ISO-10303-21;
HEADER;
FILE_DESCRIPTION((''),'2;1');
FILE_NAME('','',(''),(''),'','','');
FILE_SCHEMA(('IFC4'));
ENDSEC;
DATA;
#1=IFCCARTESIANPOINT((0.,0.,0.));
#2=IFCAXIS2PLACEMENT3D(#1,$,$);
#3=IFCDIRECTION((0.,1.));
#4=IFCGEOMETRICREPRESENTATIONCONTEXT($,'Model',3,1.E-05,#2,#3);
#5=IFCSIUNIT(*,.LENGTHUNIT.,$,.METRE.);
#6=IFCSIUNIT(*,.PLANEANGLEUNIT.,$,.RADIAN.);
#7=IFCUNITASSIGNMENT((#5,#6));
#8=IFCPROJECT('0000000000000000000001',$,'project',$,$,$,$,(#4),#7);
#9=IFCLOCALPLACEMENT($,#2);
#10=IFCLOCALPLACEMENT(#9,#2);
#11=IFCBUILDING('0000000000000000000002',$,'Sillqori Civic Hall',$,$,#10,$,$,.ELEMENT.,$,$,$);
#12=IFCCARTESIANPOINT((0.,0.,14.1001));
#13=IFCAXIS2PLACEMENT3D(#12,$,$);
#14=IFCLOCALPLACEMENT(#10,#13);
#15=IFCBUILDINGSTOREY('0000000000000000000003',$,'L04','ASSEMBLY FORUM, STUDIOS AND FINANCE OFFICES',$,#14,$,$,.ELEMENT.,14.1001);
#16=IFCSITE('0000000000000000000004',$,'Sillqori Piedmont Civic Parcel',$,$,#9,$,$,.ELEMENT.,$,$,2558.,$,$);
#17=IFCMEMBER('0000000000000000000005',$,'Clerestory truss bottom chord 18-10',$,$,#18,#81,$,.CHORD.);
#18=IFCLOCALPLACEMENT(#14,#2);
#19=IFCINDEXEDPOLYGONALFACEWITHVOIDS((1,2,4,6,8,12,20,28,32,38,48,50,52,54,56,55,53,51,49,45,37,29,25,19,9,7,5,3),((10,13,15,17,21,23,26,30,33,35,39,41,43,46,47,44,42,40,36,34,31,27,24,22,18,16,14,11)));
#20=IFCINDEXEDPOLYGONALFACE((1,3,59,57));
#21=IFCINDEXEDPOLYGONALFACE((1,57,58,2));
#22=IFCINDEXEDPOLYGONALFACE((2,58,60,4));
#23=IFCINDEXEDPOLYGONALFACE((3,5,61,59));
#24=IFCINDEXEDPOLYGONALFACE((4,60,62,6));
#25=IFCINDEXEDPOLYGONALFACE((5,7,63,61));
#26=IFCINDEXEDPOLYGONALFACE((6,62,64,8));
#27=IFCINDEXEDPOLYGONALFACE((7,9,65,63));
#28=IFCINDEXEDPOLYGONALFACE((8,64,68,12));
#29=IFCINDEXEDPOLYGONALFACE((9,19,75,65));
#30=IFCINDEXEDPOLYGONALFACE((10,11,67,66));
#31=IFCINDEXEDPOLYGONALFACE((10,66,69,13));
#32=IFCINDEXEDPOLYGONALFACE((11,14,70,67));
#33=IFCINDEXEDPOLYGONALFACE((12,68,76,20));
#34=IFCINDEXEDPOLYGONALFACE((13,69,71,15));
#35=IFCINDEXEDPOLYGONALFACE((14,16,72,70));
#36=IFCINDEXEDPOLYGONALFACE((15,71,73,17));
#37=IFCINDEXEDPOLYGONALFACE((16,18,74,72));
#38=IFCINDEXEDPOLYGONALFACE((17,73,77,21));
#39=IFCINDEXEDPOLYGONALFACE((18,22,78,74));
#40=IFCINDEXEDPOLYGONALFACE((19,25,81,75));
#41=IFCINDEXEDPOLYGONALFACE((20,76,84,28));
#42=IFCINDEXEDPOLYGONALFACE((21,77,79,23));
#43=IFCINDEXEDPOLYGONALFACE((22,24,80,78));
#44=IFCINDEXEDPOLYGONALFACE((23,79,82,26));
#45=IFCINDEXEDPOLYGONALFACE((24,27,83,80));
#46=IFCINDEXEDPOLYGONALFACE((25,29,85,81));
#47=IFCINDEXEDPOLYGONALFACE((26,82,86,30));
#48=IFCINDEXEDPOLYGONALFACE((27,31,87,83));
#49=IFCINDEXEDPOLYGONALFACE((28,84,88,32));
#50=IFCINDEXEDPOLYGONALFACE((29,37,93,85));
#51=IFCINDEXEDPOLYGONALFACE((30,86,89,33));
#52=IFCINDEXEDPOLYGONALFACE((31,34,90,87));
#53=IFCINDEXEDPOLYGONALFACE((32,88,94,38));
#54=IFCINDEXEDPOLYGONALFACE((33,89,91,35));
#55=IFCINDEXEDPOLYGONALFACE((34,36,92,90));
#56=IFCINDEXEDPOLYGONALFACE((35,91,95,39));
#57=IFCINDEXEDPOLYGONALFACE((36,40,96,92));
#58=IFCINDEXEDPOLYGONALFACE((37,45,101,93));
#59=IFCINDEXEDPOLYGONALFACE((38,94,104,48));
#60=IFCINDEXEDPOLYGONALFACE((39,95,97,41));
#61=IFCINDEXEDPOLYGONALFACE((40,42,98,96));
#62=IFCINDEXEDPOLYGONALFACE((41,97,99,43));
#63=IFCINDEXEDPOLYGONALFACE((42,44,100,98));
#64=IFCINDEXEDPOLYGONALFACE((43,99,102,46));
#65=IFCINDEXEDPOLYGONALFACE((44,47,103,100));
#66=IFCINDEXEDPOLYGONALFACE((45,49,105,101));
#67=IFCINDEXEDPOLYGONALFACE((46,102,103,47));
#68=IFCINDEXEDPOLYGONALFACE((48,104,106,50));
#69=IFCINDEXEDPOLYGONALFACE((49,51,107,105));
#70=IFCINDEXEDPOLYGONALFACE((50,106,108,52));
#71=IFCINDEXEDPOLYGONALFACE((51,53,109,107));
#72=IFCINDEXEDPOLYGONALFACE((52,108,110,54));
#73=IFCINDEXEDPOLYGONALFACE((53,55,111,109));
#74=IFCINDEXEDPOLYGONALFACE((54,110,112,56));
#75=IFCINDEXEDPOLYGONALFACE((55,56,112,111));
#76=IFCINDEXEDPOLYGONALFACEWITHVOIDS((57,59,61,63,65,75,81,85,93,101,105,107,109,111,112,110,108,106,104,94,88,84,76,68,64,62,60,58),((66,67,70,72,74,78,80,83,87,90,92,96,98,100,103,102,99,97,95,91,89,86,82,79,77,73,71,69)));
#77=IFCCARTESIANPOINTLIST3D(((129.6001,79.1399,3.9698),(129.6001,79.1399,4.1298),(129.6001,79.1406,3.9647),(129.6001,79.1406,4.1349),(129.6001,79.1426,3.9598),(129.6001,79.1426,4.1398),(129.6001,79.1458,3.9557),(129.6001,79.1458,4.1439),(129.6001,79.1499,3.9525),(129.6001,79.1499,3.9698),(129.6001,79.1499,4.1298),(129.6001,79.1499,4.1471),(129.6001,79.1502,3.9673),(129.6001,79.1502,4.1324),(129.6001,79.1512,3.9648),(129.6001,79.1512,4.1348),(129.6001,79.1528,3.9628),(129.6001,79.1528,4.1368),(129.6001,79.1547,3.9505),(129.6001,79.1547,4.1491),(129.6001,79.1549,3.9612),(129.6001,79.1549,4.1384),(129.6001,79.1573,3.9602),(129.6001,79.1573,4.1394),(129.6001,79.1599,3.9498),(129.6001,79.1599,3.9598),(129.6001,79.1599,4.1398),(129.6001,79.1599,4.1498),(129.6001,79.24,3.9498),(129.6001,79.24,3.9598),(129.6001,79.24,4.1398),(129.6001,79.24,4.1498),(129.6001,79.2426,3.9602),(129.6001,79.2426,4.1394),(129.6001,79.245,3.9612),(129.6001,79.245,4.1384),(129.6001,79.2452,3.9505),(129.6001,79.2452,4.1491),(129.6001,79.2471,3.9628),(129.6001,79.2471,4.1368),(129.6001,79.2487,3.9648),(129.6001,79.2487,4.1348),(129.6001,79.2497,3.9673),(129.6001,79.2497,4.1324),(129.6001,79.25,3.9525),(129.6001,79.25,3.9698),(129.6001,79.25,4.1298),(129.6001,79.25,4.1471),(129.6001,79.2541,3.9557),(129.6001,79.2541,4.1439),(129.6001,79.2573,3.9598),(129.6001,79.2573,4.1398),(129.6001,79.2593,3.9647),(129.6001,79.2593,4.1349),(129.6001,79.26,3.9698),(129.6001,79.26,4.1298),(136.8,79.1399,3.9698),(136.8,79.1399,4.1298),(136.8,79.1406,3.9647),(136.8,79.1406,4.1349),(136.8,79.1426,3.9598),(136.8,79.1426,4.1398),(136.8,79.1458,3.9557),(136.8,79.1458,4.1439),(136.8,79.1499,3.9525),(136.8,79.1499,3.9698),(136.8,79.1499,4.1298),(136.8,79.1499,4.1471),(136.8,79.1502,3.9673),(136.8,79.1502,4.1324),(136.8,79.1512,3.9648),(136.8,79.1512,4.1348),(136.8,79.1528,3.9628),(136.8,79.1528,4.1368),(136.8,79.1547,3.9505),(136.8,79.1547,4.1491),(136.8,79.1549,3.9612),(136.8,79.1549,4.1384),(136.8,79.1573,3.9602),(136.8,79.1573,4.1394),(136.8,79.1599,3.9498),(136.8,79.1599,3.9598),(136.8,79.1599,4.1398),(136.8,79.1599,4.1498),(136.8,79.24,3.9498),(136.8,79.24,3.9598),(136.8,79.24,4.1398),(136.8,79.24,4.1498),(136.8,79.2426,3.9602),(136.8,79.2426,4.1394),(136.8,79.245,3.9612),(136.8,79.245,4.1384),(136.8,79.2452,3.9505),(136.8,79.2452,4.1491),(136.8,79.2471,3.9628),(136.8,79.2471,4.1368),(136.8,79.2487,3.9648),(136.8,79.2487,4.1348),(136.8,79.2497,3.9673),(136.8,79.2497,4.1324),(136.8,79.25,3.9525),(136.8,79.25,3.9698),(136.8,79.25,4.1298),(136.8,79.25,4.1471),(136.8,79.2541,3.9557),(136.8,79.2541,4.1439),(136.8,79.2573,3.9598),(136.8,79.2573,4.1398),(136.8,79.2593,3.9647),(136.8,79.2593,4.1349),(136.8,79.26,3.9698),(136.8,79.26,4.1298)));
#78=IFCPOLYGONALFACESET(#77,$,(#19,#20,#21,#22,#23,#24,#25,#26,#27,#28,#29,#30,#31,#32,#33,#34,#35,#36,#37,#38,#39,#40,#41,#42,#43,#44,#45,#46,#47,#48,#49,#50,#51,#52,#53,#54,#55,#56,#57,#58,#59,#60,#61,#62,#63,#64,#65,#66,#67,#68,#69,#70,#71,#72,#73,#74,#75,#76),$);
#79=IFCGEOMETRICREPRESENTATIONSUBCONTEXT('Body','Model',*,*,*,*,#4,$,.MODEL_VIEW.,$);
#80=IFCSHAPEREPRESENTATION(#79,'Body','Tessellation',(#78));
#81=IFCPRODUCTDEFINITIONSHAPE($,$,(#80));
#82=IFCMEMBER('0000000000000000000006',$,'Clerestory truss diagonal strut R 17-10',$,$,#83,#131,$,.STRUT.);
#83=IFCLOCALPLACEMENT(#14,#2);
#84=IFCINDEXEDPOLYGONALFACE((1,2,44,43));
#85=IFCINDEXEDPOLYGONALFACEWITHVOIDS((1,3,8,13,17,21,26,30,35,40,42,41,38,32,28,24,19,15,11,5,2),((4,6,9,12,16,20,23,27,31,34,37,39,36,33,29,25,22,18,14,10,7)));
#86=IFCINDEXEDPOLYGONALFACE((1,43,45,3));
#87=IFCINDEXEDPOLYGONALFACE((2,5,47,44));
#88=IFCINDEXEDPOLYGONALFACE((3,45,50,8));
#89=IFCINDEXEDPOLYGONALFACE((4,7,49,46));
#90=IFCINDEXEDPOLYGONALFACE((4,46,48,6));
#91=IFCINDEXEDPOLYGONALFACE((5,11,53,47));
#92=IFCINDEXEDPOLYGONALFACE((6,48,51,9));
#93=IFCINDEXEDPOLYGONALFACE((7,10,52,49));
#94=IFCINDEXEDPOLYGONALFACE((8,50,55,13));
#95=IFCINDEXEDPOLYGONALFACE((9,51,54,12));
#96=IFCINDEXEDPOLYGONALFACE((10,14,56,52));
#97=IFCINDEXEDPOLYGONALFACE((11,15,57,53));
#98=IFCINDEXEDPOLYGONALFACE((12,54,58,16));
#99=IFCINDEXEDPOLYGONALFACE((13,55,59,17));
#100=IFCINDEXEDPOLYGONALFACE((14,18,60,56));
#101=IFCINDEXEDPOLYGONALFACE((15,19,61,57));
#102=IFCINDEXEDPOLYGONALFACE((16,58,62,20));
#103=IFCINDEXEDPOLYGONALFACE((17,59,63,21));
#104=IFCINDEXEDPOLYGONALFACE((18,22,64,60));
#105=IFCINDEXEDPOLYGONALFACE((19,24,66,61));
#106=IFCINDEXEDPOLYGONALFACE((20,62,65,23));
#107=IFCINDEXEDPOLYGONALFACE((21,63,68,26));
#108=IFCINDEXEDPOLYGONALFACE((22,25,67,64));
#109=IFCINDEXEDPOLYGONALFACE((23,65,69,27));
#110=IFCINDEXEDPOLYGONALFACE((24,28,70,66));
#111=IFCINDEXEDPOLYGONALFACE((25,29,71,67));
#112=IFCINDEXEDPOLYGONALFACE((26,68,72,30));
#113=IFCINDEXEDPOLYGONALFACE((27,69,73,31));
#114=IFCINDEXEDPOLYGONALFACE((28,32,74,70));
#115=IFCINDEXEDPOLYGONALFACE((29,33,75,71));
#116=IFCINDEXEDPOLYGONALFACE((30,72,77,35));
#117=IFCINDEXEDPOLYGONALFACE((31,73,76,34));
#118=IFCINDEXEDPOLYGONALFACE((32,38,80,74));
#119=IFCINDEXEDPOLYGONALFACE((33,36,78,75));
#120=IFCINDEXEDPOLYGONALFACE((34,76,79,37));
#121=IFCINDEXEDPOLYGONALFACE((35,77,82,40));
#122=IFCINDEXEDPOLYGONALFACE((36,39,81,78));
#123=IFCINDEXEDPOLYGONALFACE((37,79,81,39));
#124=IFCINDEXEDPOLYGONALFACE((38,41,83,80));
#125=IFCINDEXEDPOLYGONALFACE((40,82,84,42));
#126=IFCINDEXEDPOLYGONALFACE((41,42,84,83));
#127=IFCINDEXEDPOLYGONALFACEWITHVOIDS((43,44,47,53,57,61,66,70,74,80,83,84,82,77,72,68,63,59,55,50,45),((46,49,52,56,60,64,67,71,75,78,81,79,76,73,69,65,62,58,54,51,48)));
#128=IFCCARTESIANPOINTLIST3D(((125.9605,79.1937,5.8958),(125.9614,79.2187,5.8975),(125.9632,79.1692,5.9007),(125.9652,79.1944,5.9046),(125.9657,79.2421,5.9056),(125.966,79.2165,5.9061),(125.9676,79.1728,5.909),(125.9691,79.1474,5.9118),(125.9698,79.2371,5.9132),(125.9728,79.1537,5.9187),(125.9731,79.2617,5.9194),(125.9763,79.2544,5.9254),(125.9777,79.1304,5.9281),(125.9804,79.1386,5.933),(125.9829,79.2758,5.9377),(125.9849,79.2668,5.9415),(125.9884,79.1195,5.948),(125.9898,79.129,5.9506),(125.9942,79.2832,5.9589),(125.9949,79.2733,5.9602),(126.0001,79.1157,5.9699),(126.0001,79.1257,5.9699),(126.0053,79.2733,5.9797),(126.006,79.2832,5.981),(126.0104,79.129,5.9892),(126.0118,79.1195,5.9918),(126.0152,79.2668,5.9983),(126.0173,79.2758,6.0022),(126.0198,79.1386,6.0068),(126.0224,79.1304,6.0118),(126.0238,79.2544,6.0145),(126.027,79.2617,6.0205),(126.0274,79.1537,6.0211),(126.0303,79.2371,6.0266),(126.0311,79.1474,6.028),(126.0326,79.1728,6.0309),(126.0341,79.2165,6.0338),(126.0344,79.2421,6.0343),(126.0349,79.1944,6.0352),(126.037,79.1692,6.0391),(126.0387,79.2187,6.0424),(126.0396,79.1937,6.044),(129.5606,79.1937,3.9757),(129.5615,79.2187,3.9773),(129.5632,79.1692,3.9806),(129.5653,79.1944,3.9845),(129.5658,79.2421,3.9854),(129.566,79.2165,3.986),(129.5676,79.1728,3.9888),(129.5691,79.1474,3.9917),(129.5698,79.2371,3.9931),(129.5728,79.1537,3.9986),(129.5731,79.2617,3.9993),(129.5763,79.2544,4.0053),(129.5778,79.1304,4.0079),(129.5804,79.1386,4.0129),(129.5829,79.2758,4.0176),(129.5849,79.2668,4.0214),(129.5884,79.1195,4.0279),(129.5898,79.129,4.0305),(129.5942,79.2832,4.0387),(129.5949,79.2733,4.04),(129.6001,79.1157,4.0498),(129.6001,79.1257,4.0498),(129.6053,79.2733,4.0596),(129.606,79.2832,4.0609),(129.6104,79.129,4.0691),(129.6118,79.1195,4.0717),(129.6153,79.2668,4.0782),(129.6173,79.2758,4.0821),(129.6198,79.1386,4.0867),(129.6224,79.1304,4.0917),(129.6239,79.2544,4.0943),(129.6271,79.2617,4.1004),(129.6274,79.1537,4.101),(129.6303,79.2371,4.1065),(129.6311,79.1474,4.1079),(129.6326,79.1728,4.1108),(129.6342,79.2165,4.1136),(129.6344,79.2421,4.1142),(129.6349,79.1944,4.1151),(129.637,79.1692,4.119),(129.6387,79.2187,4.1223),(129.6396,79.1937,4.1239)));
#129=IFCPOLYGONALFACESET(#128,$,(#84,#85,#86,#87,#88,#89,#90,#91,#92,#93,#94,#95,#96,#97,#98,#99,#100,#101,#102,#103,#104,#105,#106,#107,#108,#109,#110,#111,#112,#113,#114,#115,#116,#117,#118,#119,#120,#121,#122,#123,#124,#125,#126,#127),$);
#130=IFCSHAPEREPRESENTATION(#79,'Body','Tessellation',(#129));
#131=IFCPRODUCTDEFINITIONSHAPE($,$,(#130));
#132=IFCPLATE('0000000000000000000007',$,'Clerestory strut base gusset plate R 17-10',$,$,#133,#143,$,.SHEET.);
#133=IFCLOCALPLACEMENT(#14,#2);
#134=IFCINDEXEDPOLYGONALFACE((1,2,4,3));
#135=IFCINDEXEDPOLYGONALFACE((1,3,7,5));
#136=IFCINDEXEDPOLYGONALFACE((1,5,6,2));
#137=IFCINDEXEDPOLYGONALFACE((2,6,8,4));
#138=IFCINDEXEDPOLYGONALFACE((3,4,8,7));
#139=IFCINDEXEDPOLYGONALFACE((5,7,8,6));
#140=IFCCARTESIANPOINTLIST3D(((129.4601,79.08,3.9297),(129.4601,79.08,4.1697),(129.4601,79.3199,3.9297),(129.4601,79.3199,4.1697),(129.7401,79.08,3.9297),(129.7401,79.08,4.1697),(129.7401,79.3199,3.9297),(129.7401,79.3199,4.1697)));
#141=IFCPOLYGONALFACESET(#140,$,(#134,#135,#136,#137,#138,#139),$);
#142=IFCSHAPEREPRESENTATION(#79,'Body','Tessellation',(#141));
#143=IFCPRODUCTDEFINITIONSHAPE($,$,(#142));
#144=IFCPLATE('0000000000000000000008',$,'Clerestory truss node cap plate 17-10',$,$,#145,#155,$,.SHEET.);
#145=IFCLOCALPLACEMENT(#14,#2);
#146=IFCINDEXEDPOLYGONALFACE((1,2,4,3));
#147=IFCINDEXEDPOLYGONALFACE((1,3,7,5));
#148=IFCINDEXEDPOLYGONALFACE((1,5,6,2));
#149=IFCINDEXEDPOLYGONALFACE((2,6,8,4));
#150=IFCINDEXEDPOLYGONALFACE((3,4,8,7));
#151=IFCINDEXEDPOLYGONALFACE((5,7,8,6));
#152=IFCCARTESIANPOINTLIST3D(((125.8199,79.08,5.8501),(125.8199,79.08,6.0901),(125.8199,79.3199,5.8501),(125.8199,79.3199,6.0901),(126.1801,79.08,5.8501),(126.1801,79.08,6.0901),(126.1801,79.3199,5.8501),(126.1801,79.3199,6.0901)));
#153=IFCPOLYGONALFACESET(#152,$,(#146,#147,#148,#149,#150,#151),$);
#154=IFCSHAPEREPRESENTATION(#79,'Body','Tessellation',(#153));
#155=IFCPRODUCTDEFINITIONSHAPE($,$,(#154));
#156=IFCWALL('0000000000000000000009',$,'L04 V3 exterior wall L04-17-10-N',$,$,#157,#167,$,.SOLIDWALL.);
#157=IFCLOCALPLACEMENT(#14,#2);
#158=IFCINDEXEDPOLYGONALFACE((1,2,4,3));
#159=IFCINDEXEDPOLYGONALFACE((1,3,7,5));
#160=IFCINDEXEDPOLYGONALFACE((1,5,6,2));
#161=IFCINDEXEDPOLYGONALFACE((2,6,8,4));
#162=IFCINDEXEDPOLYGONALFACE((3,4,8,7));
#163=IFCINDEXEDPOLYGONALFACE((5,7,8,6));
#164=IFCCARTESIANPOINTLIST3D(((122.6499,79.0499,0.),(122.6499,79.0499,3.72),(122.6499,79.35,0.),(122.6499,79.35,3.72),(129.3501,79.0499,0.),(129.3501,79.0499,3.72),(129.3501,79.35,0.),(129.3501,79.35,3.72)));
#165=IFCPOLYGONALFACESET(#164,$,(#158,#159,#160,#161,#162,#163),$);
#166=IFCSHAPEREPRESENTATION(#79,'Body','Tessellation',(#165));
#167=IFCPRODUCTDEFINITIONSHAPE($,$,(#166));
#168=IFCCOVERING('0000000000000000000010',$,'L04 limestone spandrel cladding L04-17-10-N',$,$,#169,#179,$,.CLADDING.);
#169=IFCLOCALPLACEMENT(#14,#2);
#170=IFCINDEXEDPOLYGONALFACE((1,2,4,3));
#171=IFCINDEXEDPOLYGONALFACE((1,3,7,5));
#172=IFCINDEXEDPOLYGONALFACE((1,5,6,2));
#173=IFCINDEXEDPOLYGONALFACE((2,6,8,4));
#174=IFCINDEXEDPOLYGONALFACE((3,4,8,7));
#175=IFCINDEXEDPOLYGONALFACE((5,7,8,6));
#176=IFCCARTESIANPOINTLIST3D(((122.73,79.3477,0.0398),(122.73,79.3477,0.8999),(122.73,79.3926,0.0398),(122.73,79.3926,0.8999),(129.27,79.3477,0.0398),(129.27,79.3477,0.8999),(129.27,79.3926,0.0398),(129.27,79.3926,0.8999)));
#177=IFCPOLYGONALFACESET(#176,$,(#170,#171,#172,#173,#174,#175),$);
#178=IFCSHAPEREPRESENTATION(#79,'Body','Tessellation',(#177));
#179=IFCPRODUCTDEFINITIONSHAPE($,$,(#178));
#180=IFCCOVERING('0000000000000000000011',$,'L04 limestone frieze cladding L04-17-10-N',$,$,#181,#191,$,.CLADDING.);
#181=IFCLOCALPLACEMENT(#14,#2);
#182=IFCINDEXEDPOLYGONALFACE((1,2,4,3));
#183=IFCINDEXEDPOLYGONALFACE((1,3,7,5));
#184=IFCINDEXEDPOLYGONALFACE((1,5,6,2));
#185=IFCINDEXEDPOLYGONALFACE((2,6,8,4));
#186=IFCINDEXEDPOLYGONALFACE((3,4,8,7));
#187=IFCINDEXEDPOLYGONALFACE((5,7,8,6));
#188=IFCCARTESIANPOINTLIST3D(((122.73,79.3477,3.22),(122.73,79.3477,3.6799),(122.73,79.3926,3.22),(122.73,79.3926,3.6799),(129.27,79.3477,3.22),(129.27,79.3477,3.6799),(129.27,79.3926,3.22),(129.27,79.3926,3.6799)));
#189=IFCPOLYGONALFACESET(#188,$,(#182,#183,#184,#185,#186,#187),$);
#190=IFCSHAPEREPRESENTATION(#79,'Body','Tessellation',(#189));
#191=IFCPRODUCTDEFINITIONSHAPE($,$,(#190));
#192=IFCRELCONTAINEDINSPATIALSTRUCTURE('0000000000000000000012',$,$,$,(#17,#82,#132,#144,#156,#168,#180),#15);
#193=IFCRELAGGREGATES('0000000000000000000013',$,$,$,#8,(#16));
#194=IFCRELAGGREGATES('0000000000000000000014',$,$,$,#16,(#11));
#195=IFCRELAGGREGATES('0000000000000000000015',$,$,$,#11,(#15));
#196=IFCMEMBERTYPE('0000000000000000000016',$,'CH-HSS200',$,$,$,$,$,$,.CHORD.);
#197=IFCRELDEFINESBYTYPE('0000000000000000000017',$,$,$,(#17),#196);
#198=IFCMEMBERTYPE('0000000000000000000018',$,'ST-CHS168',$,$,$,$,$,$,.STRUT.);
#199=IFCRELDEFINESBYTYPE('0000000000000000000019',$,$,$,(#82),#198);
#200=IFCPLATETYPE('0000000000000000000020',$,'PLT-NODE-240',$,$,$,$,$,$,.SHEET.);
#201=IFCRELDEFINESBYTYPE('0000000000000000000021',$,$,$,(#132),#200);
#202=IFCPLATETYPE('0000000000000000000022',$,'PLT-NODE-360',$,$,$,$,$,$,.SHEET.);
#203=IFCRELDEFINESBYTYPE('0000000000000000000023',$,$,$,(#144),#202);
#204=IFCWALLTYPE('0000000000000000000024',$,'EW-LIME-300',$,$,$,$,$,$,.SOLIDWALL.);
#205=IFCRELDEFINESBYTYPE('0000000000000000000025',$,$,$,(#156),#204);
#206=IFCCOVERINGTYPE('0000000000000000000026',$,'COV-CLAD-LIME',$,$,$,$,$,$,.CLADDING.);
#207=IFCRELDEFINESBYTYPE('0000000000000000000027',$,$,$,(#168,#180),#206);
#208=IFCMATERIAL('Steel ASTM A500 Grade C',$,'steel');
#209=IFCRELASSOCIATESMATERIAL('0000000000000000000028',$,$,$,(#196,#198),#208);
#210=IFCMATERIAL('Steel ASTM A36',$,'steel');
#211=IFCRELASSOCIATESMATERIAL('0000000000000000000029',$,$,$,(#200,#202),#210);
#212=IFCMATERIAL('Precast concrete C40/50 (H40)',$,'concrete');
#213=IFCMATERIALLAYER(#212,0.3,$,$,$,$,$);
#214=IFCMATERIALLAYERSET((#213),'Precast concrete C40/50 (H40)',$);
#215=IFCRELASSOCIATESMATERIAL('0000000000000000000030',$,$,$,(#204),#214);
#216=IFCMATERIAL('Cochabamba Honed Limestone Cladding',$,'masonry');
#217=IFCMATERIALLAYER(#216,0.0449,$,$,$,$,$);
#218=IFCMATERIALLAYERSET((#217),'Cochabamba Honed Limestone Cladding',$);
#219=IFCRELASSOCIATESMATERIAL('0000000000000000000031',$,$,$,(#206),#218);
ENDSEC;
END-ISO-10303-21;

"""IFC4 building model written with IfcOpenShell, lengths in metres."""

from ifc_helpers import new_model, si_unit, direction, frame, frame_2d, origin, origin_2d, place, context, subcontext, project, spatial, rectangle, hollow_rectangle, hollow_circle, extrude, material, layer, layer_set, material_profile, profile_set, type_object, element, save


model = new_model("IFC4")

# Units and contexts
model_context = context("Model", 3, precision=1e-05, world=origin(), true_north=direction((0.0, 1.0)))
body_context = subcontext(model_context, "Body", "Model", "MODEL_VIEW")
ifc_project = project(units=[si_unit("LENGTHUNIT", "METRE"), si_unit("PLANEANGLEUNIT", "RADIAN")], contexts=[model_context])

# Site, building, storey
site_placement = place(None, origin())
site = spatial("IfcSite", under=ifc_project, at=site_placement, Name="Sillqori Piedmont Civic Parcel", CompositionType="ELEMENT", RefElevation=2558.0)
building_placement = place(site_placement, origin())
building = spatial("IfcBuilding", under=site, at=building_placement, Name="Sillqori Civic Hall", CompositionType="ELEMENT")
storey_placement = place(building_placement, frame((0.0, 0.0, 14.1001)))
storey = spatial("IfcBuildingStorey", under=building, at=storey_placement, Name="L04", Description="ASSEMBLY FORUM, STUDIOS AND FINANCE OFFICES", CompositionType="ELEMENT", Elevation=14.1001)

# Member
ifc_material_1 = material(Name="Steel ASTM A500 Grade C", Category="steel")
ifc_material_profile_1 = material_profile(ifc_material_1, hollow_rectangle(XDim=0.1201, YDim=0.2, WallThickness=0.01, InnerFilletRadius=0.01, OuterFilletRadius=0.02, at=origin_2d()), Name="HSS200X120X10")
ifc_profile_set_1 = profile_set([ifc_material_profile_1], Name="Steel ASTM A500 Grade C")
member_type_1 = type_object("IfcMemberType", Name="CH-HSS200", PredefinedType="CHORD", material=ifc_profile_set_1)
for number, where, z_axis, x_axis, name in (
    (1, (129.6001, 79.2, 4.0498), (1.0, 0.0, 0.0), (0.0, 1.0, 0.0), "Clerestory truss bottom chord 18-10"),
):
    element("IfcMember", number, at=place(storey_placement, frame(where, z_axis=z_axis, x_axis=x_axis)), inside=storey, type_object=member_type_1, Name=name, PredefinedType="CHORD", context=body_context, shape_type="SweptSolid", body=[
        extrude(hollow_rectangle(XDim=0.1201, YDim=0.2, WallThickness=0.01, InnerFilletRadius=0.01, OuterFilletRadius=0.02, at=origin_2d()), origin(), (0.0, 0.0, 1.0), 7.2),
    ])

# Member
ifc_material_profile_2 = material_profile(ifc_material_1, hollow_circle(Radius=0.0842, WallThickness=0.01, at=origin_2d()), Name="CHS168X10")
ifc_profile_set_2 = profile_set([ifc_material_profile_2], Name="Steel ASTM A500 Grade C")
member_type_2 = type_object("IfcMemberType", Name="ST-CHS168", PredefinedType="STRUT", material=ifc_profile_set_2)
member_1_placement = place(storey_placement, frame((129.6001, 79.2, 4.0498), z_axis=(-0.882341, 0.0, 0.47061), x_axis=(0.0, -1.0, 0.0)))
element("IfcMember", 2, at=member_1_placement, inside=storey, type_object=member_type_2, Name="Clerestory truss diagonal strut R 17-10", PredefinedType="STRUT", context=body_context, shape_type="SweptSolid", body=[
    extrude(hollow_circle(Radius=0.0842, WallThickness=0.01, at=origin_2d()), origin(), (0.0, 0.0, 1.0), 4.0801),
])

# Plates
ifc_material_2 = material(Name="Steel ASTM A36", Category="steel")
plate_type_1 = type_object("IfcPlateType", Name="PLT-NODE-240", PredefinedType="SHEET", material=ifc_material_2)
plate_1_placement = place(storey_placement, frame((129.6001, 79.2, 3.9297), z_axis=(0.0, 0.0, 1.0), x_axis=(1.0, 0.0, 0.0)))
element("IfcPlate", 3, at=plate_1_placement, inside=storey, type_object=plate_type_1, Name="Clerestory strut base gusset plate R 17-10", PredefinedType="SHEET", context=body_context, shape_type="SweptSolid", body=[
    extrude(rectangle(XDim=0.28, YDim=0.24, at=origin_2d()), origin(), (0.0, 0.0, 1.0), 0.24),
])
plate_type_2 = type_object("IfcPlateType", Name="PLT-NODE-360", PredefinedType="SHEET", material=ifc_material_2)
plate_2_placement = place(storey_placement, frame((126.0, 79.2, 5.8501), z_axis=(0.0, 0.0, 1.0), x_axis=(1.0, 0.0, 0.0)))
element("IfcPlate", 4, at=plate_2_placement, inside=storey, type_object=plate_type_2, Name="Clerestory truss node cap plate 17-10", PredefinedType="SHEET", context=body_context, shape_type="SweptSolid", body=[
    extrude(rectangle(XDim=0.3601, YDim=0.24, at=origin_2d()), origin(), (0.0, 0.0, 1.0), 0.24),
])

# Wall
ifc_material_3 = material(Name="Precast concrete C40/50 (H40)", Category="concrete")
ifc_layer_1 = layer(ifc_material_3, 0.3)
ifc_layer_set_1 = layer_set([ifc_layer_1], Name="Precast concrete C40/50 (H40)")
wall_type = type_object("IfcWallType", Name="EW-LIME-300", PredefinedType="SOLIDWALL", material=ifc_layer_set_1)
wall_placement = place(storey_placement, frame((122.6499, 79.2, 0.0), z_axis=(0.0, 0.0, 1.0), x_axis=(1.0, 0.0, 0.0)))
element("IfcWall", 5, at=wall_placement, inside=storey, type_object=wall_type, Name="L04 V3 exterior wall L04-17-10-N", PredefinedType="SOLIDWALL", context=body_context, shape_type="SweptSolid", body=[
    extrude(rectangle(XDim=6.7002, YDim=0.3, at=frame_2d((3.3501, 0.0))), origin(), (0.0, 0.0, 1.0), 3.72),
])

# Coverings
ifc_material_4 = material(Name="Cochabamba Honed Limestone Cladding", Category="masonry")
ifc_layer_2 = layer(ifc_material_4, 0.0449)
ifc_layer_set_2 = layer_set([ifc_layer_2], Name="Cochabamba Honed Limestone Cladding")
covering_type = type_object("IfcCoveringType", Name="COV-CLAD-LIME", PredefinedType="CLADDING", material=ifc_layer_set_2)
covering_1_placement = place(storey_placement, frame((122.73, 79.3701, 0.0398), z_axis=(0.0, 0.0, 1.0), x_axis=(1.0, 0.0, 0.0)))
element("IfcCovering", 6, at=covering_1_placement, inside=storey, type_object=covering_type, Name="L04 limestone spandrel cladding L04-17-10-N", PredefinedType="CLADDING", context=body_context, shape_type="SweptSolid", body=[
    extrude(rectangle(XDim=6.54, YDim=0.0449, at=frame_2d((3.27, 0.0))), origin(), (0.0, 0.0, 1.0), 0.8601),
])
covering_2_placement = place(storey_placement, frame((122.73, 79.3701, 3.22), z_axis=(0.0, 0.0, 1.0), x_axis=(1.0, 0.0, 0.0)))
element("IfcCovering", 7, at=covering_2_placement, inside=storey, type_object=covering_type, Name="L04 limestone frieze cladding L04-17-10-N", PredefinedType="CLADDING", context=body_context, shape_type="SweptSolid", body=[
    extrude(rectangle(XDim=6.54, YDim=0.0449, at=frame_2d((3.27, 0.0))), origin(), (0.0, 0.0, 1.0), 0.46),
])

save(model, "model.ifc")
